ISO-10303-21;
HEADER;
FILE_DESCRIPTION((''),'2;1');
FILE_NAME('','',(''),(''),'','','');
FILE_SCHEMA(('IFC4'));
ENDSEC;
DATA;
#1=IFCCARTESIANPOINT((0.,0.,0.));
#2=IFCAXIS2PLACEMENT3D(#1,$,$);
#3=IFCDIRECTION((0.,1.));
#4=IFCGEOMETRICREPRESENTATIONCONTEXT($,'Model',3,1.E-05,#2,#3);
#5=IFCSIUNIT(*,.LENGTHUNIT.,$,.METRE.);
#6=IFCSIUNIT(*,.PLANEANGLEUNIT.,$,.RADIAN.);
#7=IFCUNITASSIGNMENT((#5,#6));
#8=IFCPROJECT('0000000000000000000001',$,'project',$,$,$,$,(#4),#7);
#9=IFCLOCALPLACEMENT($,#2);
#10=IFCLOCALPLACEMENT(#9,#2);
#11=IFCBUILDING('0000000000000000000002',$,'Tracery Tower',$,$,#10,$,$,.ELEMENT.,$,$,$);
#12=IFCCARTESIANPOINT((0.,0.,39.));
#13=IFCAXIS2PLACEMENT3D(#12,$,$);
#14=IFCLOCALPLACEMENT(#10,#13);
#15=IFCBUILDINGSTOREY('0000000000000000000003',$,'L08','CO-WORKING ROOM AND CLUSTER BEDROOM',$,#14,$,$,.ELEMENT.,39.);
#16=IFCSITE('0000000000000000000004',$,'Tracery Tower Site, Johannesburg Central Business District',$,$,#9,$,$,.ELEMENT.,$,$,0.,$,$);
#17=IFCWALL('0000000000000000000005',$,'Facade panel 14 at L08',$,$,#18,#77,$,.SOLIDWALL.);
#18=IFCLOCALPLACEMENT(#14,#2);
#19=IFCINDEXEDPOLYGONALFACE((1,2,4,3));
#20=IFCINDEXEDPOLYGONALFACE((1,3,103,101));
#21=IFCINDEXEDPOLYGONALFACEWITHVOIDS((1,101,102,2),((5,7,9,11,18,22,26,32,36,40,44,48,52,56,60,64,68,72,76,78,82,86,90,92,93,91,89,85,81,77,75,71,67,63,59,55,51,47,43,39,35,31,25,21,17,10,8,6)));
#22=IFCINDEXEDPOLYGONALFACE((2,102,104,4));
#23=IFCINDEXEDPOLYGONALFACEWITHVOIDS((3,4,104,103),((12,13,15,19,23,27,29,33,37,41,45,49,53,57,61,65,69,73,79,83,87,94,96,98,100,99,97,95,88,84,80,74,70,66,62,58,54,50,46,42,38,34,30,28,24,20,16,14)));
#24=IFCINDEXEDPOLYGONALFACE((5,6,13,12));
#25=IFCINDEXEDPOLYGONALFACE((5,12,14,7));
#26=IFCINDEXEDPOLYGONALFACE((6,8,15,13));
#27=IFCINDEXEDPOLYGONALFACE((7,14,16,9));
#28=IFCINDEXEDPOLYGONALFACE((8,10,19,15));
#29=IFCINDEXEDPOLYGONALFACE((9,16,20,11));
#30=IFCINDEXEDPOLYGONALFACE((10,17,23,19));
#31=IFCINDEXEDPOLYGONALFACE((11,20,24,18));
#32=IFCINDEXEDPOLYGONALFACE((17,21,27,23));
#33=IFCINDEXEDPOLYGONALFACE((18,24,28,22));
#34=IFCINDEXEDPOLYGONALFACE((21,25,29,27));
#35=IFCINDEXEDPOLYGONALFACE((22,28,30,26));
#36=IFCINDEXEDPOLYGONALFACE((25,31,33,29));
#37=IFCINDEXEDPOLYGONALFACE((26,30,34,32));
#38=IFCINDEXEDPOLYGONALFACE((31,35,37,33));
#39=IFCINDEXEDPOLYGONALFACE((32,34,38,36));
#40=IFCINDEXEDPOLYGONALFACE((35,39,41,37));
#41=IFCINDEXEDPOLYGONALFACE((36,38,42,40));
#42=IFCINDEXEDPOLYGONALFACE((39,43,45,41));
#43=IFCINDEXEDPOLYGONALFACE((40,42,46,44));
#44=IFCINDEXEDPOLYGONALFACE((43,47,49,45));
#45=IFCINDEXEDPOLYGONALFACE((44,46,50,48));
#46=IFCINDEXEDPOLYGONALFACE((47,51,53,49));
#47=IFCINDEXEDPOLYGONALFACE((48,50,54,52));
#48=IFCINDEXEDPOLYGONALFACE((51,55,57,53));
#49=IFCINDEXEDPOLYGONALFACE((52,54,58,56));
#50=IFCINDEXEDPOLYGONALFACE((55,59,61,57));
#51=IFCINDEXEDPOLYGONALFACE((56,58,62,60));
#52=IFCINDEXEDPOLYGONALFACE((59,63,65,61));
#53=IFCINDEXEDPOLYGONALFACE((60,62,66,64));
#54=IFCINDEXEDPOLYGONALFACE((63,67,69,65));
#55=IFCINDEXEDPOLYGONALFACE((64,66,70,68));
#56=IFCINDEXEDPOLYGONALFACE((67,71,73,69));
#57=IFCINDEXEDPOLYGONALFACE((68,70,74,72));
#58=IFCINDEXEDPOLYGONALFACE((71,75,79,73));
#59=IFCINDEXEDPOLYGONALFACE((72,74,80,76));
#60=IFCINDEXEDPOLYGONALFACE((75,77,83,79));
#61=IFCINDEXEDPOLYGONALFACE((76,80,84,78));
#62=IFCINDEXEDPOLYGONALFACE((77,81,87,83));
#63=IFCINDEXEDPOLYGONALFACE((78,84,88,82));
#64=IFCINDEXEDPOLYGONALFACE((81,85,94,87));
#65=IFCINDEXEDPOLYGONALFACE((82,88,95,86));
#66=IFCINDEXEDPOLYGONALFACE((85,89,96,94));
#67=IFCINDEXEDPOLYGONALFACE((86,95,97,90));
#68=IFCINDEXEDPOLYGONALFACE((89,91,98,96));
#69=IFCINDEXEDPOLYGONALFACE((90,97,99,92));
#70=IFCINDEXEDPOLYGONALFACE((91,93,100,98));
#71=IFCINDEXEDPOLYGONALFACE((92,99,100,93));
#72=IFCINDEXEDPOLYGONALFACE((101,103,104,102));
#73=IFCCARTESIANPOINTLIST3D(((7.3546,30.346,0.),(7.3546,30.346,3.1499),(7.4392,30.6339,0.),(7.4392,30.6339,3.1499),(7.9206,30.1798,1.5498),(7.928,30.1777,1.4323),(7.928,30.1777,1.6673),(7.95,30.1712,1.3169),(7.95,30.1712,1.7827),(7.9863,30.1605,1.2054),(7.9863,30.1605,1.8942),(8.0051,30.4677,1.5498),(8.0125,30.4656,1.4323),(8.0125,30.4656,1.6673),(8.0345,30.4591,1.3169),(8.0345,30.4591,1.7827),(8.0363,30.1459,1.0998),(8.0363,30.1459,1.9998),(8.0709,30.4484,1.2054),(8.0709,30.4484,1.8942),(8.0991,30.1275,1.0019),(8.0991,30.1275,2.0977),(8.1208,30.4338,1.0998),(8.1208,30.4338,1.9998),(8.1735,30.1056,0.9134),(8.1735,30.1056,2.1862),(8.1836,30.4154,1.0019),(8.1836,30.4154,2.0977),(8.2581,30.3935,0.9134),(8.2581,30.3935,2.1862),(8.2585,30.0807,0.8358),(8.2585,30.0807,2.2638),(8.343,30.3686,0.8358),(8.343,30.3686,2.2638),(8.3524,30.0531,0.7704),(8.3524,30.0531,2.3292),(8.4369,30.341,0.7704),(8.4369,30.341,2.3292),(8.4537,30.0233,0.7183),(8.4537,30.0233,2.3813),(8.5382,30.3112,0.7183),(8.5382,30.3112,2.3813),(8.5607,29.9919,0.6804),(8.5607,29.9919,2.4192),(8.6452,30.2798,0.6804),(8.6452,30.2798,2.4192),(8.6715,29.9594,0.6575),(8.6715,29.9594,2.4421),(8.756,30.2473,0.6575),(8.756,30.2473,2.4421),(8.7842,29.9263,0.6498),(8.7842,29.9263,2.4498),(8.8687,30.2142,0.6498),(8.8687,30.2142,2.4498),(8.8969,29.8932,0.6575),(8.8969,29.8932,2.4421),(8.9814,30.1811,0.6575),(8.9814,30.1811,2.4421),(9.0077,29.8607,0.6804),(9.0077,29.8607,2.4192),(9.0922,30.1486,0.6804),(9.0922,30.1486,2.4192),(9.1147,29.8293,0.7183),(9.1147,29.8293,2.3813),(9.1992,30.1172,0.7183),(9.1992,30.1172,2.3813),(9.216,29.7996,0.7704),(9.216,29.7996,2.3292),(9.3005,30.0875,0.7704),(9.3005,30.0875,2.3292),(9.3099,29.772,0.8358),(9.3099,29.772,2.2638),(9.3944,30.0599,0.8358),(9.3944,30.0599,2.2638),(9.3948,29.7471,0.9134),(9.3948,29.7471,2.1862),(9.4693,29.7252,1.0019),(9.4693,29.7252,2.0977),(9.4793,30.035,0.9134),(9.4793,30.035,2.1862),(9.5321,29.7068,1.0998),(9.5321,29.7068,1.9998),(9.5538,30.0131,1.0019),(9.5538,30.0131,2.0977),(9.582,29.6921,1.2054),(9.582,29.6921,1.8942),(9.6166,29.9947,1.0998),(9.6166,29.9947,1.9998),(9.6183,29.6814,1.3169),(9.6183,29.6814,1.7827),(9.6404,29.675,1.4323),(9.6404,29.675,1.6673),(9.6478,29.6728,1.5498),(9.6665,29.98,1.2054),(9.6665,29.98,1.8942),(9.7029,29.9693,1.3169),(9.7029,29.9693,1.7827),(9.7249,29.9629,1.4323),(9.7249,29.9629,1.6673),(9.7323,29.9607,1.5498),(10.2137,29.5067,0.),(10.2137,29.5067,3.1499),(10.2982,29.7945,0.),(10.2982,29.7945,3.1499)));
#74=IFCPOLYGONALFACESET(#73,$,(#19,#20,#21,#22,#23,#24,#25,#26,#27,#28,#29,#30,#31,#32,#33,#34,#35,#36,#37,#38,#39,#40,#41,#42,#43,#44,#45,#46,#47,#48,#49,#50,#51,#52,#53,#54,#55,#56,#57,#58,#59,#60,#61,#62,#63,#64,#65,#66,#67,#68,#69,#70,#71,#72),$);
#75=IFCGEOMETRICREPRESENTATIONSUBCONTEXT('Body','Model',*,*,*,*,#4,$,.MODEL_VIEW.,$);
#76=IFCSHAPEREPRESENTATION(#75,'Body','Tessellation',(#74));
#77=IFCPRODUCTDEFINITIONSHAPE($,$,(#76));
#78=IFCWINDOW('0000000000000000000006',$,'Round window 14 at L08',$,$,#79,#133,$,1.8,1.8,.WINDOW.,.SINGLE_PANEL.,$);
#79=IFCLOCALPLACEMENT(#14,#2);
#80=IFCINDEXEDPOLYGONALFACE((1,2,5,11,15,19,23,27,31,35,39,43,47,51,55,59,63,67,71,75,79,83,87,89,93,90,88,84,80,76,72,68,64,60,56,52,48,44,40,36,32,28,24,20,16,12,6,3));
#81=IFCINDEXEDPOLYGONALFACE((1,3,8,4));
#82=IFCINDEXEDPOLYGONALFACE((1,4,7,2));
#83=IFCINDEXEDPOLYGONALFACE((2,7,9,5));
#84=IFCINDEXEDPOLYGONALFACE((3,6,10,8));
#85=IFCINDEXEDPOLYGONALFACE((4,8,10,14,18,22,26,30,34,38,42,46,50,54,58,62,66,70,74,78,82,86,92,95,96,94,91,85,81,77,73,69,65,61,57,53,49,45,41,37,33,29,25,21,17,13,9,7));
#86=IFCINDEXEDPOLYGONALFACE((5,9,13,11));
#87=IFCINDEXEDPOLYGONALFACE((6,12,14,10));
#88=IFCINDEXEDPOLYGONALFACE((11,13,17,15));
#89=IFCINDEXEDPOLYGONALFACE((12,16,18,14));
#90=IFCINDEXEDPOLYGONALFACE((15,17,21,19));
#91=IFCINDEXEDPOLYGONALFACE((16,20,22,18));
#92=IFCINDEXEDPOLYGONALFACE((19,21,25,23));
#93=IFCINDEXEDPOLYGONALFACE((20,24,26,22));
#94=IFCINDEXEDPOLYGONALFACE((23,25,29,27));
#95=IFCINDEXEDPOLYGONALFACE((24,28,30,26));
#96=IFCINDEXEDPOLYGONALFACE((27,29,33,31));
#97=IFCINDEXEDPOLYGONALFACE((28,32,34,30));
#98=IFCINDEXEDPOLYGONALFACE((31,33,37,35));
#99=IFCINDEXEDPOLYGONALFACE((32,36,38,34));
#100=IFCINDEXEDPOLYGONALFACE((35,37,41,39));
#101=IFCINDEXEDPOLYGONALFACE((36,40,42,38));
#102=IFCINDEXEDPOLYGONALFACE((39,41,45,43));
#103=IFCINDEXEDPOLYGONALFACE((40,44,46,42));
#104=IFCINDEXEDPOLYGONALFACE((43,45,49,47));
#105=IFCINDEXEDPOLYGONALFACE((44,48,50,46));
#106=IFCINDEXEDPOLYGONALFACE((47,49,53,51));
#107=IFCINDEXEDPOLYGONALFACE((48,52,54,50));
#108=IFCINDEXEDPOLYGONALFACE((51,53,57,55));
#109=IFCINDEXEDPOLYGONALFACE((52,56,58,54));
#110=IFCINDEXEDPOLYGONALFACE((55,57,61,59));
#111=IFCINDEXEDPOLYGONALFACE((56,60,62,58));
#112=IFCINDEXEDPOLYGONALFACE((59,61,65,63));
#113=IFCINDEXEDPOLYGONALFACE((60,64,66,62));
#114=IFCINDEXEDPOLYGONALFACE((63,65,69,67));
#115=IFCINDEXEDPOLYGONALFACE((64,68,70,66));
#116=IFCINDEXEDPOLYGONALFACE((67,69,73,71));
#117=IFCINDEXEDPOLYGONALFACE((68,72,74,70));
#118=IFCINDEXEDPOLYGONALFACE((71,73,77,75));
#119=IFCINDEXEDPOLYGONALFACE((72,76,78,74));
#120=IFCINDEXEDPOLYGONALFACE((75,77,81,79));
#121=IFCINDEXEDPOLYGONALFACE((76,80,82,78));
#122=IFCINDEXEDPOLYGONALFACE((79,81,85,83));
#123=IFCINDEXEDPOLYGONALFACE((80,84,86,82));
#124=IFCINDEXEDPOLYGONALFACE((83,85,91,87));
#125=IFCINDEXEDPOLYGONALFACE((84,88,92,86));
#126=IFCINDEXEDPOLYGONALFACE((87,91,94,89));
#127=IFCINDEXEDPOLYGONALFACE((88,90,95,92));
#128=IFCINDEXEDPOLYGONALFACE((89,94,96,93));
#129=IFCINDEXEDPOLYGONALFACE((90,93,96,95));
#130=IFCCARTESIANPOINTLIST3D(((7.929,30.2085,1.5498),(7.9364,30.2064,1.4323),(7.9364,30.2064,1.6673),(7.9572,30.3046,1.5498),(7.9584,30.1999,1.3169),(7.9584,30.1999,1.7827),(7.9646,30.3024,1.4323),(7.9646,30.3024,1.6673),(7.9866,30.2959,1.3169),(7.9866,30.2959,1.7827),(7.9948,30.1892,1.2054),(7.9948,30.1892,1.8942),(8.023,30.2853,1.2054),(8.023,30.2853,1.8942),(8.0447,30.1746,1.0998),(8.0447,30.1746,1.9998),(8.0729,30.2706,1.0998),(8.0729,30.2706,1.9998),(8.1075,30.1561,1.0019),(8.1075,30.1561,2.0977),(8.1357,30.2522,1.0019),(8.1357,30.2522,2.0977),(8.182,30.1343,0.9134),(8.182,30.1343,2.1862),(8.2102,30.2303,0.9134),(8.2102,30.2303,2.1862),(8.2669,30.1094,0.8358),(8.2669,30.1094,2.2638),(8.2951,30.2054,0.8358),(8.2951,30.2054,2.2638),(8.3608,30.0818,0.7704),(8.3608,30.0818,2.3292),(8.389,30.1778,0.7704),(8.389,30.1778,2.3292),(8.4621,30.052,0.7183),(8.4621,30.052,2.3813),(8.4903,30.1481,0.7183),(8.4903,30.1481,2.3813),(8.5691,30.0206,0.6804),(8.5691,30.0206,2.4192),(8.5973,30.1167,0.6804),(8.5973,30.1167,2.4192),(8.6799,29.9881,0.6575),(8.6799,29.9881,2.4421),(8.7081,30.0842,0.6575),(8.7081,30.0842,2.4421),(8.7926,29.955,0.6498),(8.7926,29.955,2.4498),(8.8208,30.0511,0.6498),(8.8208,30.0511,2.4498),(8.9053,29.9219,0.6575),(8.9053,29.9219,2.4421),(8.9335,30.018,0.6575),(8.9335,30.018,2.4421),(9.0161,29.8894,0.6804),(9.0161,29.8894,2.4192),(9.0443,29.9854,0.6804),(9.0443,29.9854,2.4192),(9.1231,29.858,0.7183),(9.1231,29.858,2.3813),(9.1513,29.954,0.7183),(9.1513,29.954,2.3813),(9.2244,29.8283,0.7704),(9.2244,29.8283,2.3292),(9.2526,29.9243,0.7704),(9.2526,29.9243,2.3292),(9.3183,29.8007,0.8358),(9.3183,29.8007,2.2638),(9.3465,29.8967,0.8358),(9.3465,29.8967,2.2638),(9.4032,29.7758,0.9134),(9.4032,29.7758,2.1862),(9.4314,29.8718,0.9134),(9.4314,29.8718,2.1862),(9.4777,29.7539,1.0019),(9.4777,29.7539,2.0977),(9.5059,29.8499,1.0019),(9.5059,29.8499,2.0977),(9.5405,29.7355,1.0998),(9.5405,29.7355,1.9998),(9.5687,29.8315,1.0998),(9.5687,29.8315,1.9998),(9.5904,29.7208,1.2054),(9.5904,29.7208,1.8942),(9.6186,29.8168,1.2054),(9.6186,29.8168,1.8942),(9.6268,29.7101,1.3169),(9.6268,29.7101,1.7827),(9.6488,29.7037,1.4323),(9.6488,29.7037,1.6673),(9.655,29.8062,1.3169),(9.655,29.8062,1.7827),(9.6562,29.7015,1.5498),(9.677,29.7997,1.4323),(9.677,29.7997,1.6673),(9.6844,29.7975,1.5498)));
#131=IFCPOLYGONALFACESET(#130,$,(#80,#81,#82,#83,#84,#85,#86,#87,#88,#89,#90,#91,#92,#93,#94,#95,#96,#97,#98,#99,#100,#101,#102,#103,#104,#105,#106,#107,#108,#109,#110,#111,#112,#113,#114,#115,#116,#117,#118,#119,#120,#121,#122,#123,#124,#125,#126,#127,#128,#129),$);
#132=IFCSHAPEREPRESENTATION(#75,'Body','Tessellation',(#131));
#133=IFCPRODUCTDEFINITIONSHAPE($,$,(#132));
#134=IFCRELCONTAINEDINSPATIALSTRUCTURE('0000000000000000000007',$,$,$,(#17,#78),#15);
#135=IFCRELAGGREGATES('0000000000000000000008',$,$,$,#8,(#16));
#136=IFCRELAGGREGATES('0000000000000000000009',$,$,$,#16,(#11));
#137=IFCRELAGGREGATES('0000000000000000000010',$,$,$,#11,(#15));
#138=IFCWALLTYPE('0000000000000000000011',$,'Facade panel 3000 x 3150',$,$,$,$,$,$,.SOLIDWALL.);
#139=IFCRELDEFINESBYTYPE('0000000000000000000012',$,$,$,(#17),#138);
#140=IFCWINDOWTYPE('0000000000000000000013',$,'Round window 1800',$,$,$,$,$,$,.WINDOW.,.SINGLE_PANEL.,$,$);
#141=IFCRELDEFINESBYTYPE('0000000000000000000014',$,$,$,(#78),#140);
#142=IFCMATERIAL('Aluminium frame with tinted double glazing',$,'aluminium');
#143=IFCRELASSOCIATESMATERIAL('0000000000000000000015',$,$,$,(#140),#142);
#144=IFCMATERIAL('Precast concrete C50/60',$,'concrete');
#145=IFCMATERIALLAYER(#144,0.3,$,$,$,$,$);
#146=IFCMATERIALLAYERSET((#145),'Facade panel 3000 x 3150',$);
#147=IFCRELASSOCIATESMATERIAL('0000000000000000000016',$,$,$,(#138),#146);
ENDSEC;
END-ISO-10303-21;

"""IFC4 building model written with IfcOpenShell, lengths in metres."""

from ifc_helpers import new_model, si_unit, direction, frame, frame_2d, origin, origin_2d, place, context, subcontext, project, spatial, rectangle, circle, extrude, material, layer, layer_set, type_object, element, fill, save


model = new_model("IFC4")

# Units and contexts
model_context = context("Model", 3, precision=1e-05, world=origin(), true_north=direction((0.0, 1.0)))
body_context = subcontext(model_context, "Body", "Model", "MODEL_VIEW")
ifc_project = project(units=[si_unit("LENGTHUNIT", "METRE"), si_unit("PLANEANGLEUNIT", "RADIAN")], contexts=[model_context])

# Site, building, storey
site_placement = place(None, origin())
site = spatial("IfcSite", under=ifc_project, at=site_placement, Name="Tracery Tower Site, Johannesburg Central Business District", CompositionType="ELEMENT", RefElevation=0.0)
building_placement = place(site_placement, origin())
building = spatial("IfcBuilding", under=site, at=building_placement, Name="Tracery Tower", CompositionType="ELEMENT")
storey_placement = place(building_placement, frame((0.0, 0.0, 39.0)))
storey = spatial("IfcBuildingStorey", under=building, at=storey_placement, Name="L08", Description="CO-WORKING ROOM AND CLUSTER BEDROOM", CompositionType="ELEMENT", Elevation=39.0)

# Wall, opening, window
ifc_material_1 = material(Name="Aluminium frame with tinted double glazing", Category="aluminium")
window_type = type_object("IfcWindowType", Name="Round window 1800", PartitioningType="SINGLE_PANEL", PredefinedType="WINDOW", material=ifc_material_1)
ifc_material_2 = material(Name="Precast concrete C50/60", Category="concrete")
ifc_layer_1 = layer(ifc_material_2, 0.3)
ifc_layer_set_1 = layer_set([ifc_layer_1], Name="Facade panel 3000 x 3150")
wall_type_1 = type_object("IfcWallType", Name="Facade panel 3000 x 3150", PredefinedType="SOLIDWALL", material=ifc_layer_set_1)
wall_1_placement = place(storey_placement, frame((10.2559, 29.6506, 0.0), z_axis=(0.0, 0.0, 1.0), x_axis=(-0.959508, 0.281683, 0.0)))
wall_1 = element("IfcWall", 1, at=wall_1_placement, inside=storey, type_object=wall_type_1, Name="Facade panel 14 at L08", PredefinedType="SOLIDWALL", context=body_context, shape_type="SweptSolid", body=[
    extrude(rectangle(XDim=2.9797, YDim=0.3, at=frame_2d((1.4897, 0.0))), origin(), (0.0, 0.0, 1.0), 3.1499),
])
opening_1_placement = place(wall_1_placement, frame((1.4897, 0.0, 1.5498)))
opening_1 = element("IfcOpeningElement", 2, at=opening_1_placement, cuts=wall_1, PredefinedType="OPENING", context=body_context, shape_type="SweptSolid", body=[
    extrude(circle(Radius=0.9, at=origin_2d()), frame((0.0, 0.1599, 0.0), z_axis=(0.0, -1.0, 0.0), x_axis=(1.0, 0.0, 0.0)), (0.0, 0.0, 1.0), 0.3201),
])
window_1_placement = place(opening_1_placement, origin())
window_1 = element("IfcWindow", 3, at=window_1_placement, inside=storey, type_object=window_type, Name="Round window 14 at L08", OverallHeight=1.8, OverallWidth=1.8, PartitioningType="SINGLE_PANEL", PredefinedType="WINDOW", context=body_context, shape_type="SweptSolid", body=[
    extrude(circle(Radius=0.9, at=origin_2d()), frame((0.0, 0.1201, 0.0), z_axis=(0.0, -1.0, 0.0), x_axis=(1.0, 0.0, 0.0)), (0.0, 0.0, 1.0), 0.1001),
])
fill(opening_1, window_1)

save(model, "model.ifc")
